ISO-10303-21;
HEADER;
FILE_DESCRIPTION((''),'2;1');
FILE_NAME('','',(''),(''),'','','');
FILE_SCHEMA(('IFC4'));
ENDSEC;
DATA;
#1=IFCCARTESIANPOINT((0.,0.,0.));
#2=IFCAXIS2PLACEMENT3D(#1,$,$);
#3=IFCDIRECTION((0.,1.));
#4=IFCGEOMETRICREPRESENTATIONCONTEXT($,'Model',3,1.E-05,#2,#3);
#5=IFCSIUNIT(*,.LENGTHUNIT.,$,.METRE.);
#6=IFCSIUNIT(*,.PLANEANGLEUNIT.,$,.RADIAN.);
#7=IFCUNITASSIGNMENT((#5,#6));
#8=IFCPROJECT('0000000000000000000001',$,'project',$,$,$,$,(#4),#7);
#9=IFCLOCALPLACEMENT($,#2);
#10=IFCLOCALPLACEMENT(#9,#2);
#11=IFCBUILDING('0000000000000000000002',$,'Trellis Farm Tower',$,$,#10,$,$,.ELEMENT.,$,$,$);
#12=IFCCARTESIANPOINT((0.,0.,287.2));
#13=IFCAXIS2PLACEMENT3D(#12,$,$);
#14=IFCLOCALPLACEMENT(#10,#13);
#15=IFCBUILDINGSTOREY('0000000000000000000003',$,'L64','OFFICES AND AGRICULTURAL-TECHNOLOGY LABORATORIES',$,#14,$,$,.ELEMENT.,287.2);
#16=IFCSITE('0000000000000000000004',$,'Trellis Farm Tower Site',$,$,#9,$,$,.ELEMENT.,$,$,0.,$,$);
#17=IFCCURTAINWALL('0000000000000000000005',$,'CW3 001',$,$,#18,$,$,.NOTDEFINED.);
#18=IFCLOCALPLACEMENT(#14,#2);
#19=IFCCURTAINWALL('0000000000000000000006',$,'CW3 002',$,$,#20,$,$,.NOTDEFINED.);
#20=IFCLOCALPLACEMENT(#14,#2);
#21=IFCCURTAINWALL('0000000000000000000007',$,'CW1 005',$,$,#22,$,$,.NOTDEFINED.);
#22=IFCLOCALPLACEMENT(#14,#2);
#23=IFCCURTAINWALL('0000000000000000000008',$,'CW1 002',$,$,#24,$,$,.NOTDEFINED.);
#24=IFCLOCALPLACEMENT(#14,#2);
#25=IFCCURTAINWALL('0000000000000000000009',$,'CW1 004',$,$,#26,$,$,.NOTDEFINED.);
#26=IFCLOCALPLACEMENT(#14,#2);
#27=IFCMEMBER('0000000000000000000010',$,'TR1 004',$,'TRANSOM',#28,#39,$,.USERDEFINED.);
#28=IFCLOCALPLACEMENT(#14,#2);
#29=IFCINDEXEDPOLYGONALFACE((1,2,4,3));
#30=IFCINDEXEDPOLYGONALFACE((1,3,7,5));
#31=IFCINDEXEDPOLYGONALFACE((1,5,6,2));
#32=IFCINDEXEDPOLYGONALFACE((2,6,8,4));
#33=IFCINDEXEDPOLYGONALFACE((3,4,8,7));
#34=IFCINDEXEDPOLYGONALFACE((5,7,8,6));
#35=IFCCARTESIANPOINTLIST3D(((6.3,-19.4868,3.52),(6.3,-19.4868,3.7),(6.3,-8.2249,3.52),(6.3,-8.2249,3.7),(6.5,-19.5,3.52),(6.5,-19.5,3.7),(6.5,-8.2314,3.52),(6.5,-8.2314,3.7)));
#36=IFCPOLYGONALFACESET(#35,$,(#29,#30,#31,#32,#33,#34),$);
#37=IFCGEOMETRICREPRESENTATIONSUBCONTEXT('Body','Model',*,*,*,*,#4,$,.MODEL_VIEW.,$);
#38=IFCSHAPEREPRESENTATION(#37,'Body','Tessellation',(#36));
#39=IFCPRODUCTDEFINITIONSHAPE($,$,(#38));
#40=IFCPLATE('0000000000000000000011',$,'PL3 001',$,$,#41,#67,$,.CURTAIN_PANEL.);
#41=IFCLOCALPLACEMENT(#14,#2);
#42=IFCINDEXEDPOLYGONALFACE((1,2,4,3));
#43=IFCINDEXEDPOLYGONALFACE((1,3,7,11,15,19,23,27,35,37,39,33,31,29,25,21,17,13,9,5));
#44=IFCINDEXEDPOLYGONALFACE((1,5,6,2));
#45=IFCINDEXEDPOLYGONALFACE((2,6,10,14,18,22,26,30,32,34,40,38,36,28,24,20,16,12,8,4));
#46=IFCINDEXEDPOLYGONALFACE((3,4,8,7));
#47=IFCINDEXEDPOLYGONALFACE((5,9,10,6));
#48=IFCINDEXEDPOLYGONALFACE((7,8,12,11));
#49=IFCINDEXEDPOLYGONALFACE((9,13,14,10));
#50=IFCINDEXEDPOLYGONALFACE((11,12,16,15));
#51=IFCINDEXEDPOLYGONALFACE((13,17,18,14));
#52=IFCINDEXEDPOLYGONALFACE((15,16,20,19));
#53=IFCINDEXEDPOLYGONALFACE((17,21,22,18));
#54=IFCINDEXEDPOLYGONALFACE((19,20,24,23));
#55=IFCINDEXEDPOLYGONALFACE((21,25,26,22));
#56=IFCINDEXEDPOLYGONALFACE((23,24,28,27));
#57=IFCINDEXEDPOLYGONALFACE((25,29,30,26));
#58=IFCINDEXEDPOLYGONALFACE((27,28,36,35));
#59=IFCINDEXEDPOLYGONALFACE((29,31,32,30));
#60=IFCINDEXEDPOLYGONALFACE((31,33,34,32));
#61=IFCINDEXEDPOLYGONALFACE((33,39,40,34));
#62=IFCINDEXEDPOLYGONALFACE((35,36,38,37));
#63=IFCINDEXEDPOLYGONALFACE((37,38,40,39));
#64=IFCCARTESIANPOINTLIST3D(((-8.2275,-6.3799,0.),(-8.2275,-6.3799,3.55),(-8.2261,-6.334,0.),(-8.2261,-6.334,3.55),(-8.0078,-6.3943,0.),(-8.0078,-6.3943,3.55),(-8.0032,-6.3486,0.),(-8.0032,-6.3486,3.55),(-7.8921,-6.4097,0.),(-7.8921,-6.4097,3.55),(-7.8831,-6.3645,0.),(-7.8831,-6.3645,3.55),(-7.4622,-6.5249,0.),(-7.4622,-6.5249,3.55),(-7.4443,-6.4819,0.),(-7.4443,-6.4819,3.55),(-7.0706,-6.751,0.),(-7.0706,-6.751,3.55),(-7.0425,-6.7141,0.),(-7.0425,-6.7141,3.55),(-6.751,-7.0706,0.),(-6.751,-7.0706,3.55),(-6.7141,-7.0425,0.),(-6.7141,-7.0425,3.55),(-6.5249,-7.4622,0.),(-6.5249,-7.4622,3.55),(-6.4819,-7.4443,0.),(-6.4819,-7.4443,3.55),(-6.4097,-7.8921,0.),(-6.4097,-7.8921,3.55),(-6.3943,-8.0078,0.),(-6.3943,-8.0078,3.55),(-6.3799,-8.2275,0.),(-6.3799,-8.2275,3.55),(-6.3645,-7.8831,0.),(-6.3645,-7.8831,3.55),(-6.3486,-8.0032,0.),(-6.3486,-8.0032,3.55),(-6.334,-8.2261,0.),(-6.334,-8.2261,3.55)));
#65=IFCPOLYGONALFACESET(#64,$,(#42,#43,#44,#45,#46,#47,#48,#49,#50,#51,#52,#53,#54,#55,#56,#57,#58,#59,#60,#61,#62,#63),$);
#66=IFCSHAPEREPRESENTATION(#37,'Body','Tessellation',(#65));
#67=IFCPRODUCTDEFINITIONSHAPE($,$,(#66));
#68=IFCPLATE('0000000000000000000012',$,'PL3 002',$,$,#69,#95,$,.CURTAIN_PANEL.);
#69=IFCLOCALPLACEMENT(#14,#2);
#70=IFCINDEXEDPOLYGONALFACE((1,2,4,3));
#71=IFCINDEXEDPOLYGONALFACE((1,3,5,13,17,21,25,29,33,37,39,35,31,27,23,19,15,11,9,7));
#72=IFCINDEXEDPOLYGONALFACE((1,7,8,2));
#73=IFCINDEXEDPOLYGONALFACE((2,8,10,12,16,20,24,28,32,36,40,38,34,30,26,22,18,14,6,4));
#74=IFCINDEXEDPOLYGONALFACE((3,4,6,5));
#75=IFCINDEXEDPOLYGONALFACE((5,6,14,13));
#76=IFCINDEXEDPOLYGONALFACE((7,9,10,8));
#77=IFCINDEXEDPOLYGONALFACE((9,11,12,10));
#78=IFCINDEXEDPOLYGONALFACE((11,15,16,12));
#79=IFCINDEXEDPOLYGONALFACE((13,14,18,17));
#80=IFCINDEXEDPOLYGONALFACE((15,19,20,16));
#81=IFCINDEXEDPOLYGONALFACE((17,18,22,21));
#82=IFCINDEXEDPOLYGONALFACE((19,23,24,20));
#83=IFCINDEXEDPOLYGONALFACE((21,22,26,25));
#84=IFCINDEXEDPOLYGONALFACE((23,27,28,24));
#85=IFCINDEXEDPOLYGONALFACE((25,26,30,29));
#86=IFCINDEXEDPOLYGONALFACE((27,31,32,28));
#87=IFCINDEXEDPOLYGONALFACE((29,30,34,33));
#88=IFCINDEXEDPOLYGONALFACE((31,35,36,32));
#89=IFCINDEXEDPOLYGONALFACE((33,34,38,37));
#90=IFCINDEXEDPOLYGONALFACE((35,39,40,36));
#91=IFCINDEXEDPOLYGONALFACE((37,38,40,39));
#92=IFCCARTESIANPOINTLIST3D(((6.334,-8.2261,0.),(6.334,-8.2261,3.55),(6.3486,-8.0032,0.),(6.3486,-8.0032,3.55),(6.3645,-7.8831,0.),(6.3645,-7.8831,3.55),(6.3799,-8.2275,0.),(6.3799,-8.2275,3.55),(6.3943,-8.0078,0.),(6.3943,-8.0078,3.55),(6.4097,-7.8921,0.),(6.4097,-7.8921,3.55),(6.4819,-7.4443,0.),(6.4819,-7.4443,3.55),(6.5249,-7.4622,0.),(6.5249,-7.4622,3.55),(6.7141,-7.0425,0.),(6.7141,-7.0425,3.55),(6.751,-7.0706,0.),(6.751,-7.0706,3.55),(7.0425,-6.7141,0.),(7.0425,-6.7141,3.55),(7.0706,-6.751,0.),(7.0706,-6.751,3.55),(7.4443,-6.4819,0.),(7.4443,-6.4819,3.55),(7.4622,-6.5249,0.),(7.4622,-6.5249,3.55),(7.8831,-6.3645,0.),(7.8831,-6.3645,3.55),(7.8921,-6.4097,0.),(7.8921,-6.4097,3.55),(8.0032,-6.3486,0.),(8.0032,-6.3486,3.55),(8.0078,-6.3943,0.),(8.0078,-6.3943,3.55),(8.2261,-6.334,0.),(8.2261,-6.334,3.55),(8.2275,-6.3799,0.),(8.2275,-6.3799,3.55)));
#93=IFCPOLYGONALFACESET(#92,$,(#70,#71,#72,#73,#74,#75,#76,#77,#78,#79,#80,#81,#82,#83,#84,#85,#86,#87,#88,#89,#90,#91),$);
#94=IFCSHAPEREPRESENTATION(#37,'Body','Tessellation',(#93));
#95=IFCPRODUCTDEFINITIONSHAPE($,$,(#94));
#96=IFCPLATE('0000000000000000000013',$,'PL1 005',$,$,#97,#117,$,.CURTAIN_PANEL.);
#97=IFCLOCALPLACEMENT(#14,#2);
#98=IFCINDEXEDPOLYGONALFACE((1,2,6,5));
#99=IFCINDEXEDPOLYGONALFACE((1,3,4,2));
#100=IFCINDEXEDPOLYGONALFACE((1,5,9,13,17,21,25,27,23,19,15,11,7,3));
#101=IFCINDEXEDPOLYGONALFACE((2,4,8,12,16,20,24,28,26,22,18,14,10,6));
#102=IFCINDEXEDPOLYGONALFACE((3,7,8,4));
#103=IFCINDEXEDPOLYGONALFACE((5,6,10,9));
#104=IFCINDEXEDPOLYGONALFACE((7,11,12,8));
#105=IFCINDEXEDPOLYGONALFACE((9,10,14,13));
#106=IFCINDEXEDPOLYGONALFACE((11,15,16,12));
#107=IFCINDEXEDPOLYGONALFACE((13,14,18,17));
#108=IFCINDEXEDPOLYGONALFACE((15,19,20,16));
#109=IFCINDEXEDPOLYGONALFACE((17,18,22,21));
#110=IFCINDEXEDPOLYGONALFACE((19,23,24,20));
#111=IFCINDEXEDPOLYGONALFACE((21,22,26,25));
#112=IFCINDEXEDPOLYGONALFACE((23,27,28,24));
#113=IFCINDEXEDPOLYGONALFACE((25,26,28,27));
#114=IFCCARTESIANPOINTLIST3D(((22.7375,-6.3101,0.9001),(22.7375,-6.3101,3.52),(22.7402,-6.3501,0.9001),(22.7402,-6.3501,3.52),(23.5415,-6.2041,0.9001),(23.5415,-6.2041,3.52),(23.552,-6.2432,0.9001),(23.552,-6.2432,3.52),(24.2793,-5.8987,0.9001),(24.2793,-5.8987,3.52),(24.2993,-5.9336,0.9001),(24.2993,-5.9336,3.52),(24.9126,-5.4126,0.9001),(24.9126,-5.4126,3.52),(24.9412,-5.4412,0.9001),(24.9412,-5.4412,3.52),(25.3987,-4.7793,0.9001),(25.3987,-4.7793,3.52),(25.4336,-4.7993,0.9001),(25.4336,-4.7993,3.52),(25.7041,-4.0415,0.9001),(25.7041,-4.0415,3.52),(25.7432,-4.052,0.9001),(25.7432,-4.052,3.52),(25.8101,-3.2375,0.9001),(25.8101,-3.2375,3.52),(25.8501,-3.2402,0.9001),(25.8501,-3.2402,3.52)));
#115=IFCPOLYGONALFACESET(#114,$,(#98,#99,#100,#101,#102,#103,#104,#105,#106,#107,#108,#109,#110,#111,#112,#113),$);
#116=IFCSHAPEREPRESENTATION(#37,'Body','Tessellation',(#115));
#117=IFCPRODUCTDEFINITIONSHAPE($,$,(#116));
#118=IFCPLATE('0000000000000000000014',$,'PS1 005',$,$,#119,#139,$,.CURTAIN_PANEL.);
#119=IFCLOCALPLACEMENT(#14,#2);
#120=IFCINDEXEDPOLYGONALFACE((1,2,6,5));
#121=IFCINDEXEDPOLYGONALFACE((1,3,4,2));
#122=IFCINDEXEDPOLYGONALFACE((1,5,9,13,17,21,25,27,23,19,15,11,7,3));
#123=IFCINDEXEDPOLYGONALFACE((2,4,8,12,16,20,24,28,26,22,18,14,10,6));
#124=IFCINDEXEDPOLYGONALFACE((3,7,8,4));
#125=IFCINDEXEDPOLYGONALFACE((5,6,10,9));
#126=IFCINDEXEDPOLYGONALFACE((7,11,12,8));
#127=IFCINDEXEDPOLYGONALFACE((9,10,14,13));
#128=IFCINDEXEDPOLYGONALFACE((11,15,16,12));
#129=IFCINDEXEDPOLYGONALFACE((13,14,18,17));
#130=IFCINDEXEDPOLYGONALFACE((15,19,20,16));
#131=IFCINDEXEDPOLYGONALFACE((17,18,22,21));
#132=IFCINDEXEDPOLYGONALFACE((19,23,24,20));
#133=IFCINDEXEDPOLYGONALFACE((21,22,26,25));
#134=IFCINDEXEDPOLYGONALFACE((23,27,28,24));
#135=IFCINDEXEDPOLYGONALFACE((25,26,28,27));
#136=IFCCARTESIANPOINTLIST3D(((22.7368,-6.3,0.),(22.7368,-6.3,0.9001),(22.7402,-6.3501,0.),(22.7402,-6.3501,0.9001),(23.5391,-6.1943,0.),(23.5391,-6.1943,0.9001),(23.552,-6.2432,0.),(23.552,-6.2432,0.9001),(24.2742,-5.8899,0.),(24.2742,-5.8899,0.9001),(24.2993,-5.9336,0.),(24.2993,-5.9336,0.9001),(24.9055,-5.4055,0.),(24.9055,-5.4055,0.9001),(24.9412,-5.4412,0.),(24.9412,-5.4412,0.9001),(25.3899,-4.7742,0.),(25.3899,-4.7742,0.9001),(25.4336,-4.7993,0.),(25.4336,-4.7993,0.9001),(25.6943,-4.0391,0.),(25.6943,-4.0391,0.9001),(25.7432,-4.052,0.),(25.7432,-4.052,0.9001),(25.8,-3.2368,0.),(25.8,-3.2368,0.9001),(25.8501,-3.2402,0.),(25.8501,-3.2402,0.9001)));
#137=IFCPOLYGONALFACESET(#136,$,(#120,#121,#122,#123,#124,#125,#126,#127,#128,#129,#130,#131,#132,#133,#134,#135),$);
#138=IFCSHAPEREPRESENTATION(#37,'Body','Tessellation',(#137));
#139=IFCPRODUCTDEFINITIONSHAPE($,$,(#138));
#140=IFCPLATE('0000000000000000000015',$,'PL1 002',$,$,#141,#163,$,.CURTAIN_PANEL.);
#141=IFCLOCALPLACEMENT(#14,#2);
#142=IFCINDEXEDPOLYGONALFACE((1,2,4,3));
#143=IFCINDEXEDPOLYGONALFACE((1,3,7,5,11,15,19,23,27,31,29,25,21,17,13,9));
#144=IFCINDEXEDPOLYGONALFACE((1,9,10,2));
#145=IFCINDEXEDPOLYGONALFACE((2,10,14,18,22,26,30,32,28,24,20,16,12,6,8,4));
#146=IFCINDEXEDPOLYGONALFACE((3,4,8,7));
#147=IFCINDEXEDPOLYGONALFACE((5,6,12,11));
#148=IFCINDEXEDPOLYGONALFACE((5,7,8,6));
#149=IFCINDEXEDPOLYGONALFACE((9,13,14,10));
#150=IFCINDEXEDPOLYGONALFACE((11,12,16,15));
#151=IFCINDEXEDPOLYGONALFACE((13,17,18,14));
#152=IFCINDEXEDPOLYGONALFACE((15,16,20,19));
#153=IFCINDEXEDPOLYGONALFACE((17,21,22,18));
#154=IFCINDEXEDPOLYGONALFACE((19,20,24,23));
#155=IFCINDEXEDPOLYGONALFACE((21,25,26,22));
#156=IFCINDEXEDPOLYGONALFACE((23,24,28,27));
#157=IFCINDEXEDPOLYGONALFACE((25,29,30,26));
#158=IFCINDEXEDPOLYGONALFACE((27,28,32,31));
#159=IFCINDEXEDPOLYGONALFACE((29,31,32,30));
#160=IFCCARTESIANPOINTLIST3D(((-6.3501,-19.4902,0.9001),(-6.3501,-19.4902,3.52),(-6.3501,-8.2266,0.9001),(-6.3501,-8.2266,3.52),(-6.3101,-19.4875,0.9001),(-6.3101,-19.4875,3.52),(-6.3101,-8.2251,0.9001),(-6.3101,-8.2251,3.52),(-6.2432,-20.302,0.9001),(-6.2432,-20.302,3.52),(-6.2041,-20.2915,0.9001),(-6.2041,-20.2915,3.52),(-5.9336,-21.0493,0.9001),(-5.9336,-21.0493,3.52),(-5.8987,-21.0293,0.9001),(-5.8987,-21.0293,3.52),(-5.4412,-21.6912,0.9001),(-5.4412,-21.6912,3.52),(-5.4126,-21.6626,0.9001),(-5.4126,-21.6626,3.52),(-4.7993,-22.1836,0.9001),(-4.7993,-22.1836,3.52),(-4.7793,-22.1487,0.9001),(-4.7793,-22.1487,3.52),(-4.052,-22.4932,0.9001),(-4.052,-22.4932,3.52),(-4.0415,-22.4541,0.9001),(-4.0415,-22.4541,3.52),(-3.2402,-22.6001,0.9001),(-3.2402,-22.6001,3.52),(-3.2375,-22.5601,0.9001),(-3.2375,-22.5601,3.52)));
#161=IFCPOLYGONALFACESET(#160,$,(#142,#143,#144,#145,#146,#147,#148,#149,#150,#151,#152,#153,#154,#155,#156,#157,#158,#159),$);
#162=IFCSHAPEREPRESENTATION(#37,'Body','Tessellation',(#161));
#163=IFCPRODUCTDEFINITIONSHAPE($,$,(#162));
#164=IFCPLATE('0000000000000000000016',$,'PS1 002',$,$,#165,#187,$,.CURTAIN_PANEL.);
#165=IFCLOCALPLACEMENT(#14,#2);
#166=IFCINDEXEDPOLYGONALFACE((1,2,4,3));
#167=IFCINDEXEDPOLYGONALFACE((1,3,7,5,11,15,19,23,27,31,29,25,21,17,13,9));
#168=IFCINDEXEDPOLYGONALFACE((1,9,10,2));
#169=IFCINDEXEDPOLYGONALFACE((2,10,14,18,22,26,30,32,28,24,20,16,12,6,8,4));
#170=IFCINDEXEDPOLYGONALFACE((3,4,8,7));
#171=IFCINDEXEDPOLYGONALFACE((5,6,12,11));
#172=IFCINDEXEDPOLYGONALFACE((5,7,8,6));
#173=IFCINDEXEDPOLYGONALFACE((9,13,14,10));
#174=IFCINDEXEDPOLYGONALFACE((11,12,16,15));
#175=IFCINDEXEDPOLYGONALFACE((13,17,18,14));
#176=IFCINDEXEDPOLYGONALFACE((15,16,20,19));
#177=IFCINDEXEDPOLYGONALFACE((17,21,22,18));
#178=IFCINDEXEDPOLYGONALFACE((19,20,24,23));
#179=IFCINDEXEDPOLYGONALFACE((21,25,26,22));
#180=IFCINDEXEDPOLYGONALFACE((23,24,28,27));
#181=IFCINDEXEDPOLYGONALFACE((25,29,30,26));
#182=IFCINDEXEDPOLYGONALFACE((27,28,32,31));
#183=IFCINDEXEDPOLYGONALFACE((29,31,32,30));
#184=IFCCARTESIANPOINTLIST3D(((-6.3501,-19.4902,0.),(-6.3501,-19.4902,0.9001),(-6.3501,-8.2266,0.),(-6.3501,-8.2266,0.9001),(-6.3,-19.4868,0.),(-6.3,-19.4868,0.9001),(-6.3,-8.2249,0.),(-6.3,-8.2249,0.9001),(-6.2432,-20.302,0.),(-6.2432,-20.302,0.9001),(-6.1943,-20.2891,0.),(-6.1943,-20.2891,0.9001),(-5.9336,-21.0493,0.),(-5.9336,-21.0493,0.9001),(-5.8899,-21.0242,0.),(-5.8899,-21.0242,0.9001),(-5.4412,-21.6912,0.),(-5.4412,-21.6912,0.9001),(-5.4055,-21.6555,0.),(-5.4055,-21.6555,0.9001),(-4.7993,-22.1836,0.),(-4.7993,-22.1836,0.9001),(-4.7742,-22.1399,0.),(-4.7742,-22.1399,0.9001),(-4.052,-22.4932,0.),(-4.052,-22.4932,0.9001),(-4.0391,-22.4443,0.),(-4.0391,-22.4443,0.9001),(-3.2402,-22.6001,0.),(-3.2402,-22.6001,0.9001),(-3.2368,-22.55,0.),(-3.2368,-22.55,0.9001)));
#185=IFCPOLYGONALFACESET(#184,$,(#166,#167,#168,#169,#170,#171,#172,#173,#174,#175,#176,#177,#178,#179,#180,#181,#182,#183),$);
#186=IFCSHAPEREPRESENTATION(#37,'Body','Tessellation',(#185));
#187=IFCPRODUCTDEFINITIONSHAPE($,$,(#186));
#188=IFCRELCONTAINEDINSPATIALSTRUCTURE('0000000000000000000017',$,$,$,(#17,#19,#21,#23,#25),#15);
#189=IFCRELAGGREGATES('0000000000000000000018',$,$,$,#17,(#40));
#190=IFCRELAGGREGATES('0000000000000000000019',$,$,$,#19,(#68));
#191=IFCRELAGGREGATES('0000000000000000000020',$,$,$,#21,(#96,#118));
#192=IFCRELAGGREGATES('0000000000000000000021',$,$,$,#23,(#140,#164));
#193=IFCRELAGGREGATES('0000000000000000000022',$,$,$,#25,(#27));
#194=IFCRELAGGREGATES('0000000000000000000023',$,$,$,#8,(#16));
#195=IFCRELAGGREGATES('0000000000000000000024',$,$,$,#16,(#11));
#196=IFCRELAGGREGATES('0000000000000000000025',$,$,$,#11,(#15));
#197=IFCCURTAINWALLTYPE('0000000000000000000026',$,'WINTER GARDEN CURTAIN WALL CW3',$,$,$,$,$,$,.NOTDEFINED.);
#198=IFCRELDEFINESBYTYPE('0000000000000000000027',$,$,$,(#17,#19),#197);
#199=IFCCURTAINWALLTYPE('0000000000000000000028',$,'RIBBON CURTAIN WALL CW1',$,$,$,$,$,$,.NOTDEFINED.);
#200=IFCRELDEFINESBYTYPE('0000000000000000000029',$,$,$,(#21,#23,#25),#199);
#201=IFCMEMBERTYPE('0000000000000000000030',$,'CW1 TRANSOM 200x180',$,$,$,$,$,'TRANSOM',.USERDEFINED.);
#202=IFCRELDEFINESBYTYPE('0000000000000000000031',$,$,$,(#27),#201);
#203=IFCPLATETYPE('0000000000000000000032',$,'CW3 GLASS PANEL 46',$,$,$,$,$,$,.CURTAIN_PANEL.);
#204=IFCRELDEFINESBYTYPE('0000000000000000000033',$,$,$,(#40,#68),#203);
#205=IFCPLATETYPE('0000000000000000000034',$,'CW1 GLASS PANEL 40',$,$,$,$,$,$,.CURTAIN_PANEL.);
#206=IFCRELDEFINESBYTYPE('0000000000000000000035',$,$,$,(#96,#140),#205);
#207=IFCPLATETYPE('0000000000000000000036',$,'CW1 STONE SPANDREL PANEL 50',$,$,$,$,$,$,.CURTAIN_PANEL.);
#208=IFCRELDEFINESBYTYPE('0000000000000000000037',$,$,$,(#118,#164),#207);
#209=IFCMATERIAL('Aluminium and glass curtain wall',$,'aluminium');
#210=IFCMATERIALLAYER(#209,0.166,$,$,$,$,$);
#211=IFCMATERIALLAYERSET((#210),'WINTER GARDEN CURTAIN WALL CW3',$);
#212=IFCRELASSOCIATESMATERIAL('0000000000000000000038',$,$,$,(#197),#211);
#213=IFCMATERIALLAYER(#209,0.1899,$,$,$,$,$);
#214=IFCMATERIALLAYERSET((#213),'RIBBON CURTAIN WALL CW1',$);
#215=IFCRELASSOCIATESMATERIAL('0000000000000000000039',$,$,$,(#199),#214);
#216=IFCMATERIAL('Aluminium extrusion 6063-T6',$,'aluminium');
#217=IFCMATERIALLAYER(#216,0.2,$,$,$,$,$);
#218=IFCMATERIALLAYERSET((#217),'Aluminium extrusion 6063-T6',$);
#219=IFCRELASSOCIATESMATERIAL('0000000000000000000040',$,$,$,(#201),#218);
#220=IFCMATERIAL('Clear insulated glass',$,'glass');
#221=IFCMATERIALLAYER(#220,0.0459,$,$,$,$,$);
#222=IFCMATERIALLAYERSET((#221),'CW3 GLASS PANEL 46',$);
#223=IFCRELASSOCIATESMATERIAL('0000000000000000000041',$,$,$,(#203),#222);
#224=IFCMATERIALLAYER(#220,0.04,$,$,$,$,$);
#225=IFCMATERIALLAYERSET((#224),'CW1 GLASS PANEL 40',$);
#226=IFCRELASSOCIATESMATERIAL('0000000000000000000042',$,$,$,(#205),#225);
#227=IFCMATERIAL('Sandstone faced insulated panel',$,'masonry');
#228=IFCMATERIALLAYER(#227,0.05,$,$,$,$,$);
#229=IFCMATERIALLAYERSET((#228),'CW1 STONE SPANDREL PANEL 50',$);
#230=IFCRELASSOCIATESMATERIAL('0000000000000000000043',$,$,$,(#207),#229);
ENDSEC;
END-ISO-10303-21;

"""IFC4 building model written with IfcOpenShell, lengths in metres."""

from ifc_helpers import new_model, si_unit, direction, frame, origin, place, context, subcontext, project, spatial, polyline, outline, extrude, source, transform, mapped, material, layer, layer_set, type_object, element, aggregate, save


model = new_model("IFC4")

# Units and contexts
model_context = context("Model", 3, precision=1e-05, world=origin(), true_north=direction((0.0, 1.0)))
body_context = subcontext(model_context, "Body", "Model", "MODEL_VIEW")
ifc_project = project(units=[si_unit("LENGTHUNIT", "METRE"), si_unit("PLANEANGLEUNIT", "RADIAN")], contexts=[model_context])

# Site, building, storey
site_placement = place(None, origin())
site = spatial("IfcSite", under=ifc_project, at=site_placement, Name="Trellis Farm Tower Site", CompositionType="ELEMENT", RefElevation=0.0)
building_placement = place(site_placement, origin())
building = spatial("IfcBuilding", under=site, at=building_placement, Name="Trellis Farm Tower", CompositionType="ELEMENT")
storey_placement = place(building_placement, frame((0.0, 0.0, 287.2)))
storey = spatial("IfcBuildingStorey", under=building, at=storey_placement, Name="L64", Description="OFFICES AND AGRICULTURAL-TECHNOLOGY LABORATORIES", CompositionType="ELEMENT", Elevation=287.2)

# Curtain walls, member
ifc_material_1 = material(Name="Aluminium and glass curtain wall", Category="aluminium")
ifc_layer_1 = layer(ifc_material_1, 0.166)
ifc_layer_set_1 = layer_set([ifc_layer_1], Name="WINTER GARDEN CURTAIN WALL CW3")
curtain_wall_type_1 = type_object("IfcCurtainWallType", Name="WINTER GARDEN CURTAIN WALL CW3", PredefinedType="NOTDEFINED", material=ifc_layer_set_1)
placement_1 = place(storey_placement, origin())
curtain_wall_1 = element("IfcCurtainWall", 1, at=placement_1, inside=storey, type_object=curtain_wall_type_1, Name="CW3 001", PredefinedType="NOTDEFINED")
ifc_material_2 = material(Name="Aluminium extrusion 6063-T6", Category="aluminium")
curtain_wall_2 = element("IfcCurtainWall", 2, at=placement_1, inside=storey, type_object=curtain_wall_type_1, Name="CW3 002", PredefinedType="NOTDEFINED")
ifc_layer_2 = layer(ifc_material_1, 0.1899)
ifc_layer_set_2 = layer_set([ifc_layer_2], Name="RIBBON CURTAIN WALL CW1")
curtain_wall_type_2 = type_object("IfcCurtainWallType", Name="RIBBON CURTAIN WALL CW1", PredefinedType="NOTDEFINED", material=ifc_layer_set_2)
curtain_wall_3 = element("IfcCurtainWall", 3, at=placement_1, inside=storey, type_object=curtain_wall_type_2, Name="CW1 005", PredefinedType="NOTDEFINED")
ifc_layer_3 = layer(ifc_material_2, 0.2)
ifc_layer_set_3 = layer_set([ifc_layer_3], Name="Aluminium extrusion 6063-T6")
member_type_1 = type_object("IfcMemberType", Name="CW1 TRANSOM 200x180", ElementType="TRANSOM", PredefinedType="USERDEFINED", material=ifc_layer_set_3)
placement_2 = place(storey_placement, frame((0.0, 0.0, 3.52)))
curtain_wall_4 = element("IfcCurtainWall", 4, at=placement_1, inside=storey, type_object=curtain_wall_type_2, Name="CW1 002", PredefinedType="NOTDEFINED")
curtain_wall_5 = element("IfcCurtainWall", 5, at=placement_1, inside=storey, type_object=curtain_wall_type_2, Name="CW1 004", PredefinedType="NOTDEFINED")
shared_shape_1 = source(origin(), body_context, "Body", "SweptSolid", [
    extrude(outline(polyline([(6.5, -19.5), (6.5, -8.2314), (6.3, -8.2249), (6.3, -19.4868), (6.5, -19.5)])), origin(), (0.0, 0.0, 1.0), 0.1799),
])
member_1 = element("IfcMember", 6, at=placement_2, type_object=member_type_1, Name="TR1 004", ObjectType="TRANSOM", PredefinedType="USERDEFINED", context=body_context, shape_type="MappedRepresentation", body=[
    mapped(shared_shape_1, transform((0.0, 0.0, 0.0))),
])

# Plates
ifc_material_3 = material(Name="Clear insulated glass", Category="glass")
ifc_layer_4 = layer(ifc_material_3, 0.0459)
ifc_layer_set_4 = layer_set([ifc_layer_4], Name="CW3 GLASS PANEL 46")
plate_type_1 = type_object("IfcPlateType", Name="CW3 GLASS PANEL 46", PredefinedType="CURTAIN_PANEL", material=ifc_layer_set_4)
shared_shape_2 = source(origin(), body_context, "Body", "SweptSolid", [
    extrude(outline(polyline([(-8.2275, -6.3799), (-8.0078, -6.3943), (-7.8921, -6.4097), (-7.4622, -6.5249), (-7.0706, -6.751), (-6.751, -7.0706), (-6.5249, -7.4622), (-6.4097, -7.8921), (-6.3943, -8.0078), (-6.3799, -8.2275), (-6.334, -8.2261), (-6.3486, -8.0032), (-6.3645, -7.8831), (-6.4819, -7.4443), (-6.7141, -7.0425), (-7.0425, -6.7141), (-7.4443, -6.4819), (-7.8831, -6.3645), (-8.0032, -6.3486), (-8.2261, -6.334), (-8.2275, -6.3799)])), origin(), (0.0, 0.0, 1.0), 3.55),
])
plate_1 = element("IfcPlate", 7, at=placement_1, type_object=plate_type_1, Name="PL3 001", PredefinedType="CURTAIN_PANEL", context=body_context, shape_type="MappedRepresentation", body=[
    mapped(shared_shape_2, transform((0.0, 0.0, 0.0))),
])
aggregate(curtain_wall_1, [plate_1])
shared_shape_3 = source(origin(), body_context, "Body", "SweptSolid", [
    extrude(outline(polyline([(6.3799, -8.2275), (6.3943, -8.0078), (6.4097, -7.8921), (6.5249, -7.4622), (6.751, -7.0706), (7.0706, -6.751), (7.4622, -6.5249), (7.8921, -6.4097), (8.0078, -6.3943), (8.2275, -6.3799), (8.2261, -6.334), (8.0032, -6.3486), (7.8831, -6.3645), (7.4443, -6.4819), (7.0425, -6.7141), (6.7141, -7.0425), (6.4819, -7.4443), (6.3645, -7.8831), (6.3486, -8.0032), (6.334, -8.2261), (6.3799, -8.2275)])), origin(), (0.0, 0.0, 1.0), 3.55),
])
plate_2 = element("IfcPlate", 8, at=placement_1, type_object=plate_type_1, Name="PL3 002", PredefinedType="CURTAIN_PANEL", context=body_context, shape_type="MappedRepresentation", body=[
    mapped(shared_shape_3, transform((0.0, 0.0, 0.0))),
])
aggregate(curtain_wall_2, [plate_2])
ifc_layer_5 = layer(ifc_material_3, 0.04)
ifc_layer_set_5 = layer_set([ifc_layer_5], Name="CW1 GLASS PANEL 40")
plate_type_2 = type_object("IfcPlateType", Name="CW1 GLASS PANEL 40", PredefinedType="CURTAIN_PANEL", material=ifc_layer_set_5)
shared_shape_4 = source(origin(), body_context, "Body", "SweptSolid", [
    extrude(outline(polyline([(22.7402, -6.3501), (23.552, -6.2432), (24.2993, -5.9336), (24.9412, -5.4412), (25.4336, -4.7993), (25.7432, -4.052), (25.8501, -3.2402), (25.8101, -3.2375), (25.7041, -4.0415), (25.3987, -4.7793), (24.9126, -5.4126), (24.2793, -5.8987), (23.5415, -6.2041), (22.7375, -6.3101), (22.7402, -6.3501)])), origin(), (0.0, 0.0, 1.0), 2.6199),
])
placement_3 = place(storey_placement, frame((0.0, 0.0, 0.9001)))
plate_3 = element("IfcPlate", 9, at=placement_3, type_object=plate_type_2, Name="PL1 005", PredefinedType="CURTAIN_PANEL", context=body_context, shape_type="MappedRepresentation", body=[
    mapped(shared_shape_4, transform((0.0, 0.0, 0.0))),
])
ifc_material_4 = material(Name="Sandstone faced insulated panel", Category="masonry")
ifc_layer_6 = layer(ifc_material_4, 0.05)
ifc_layer_set_6 = layer_set([ifc_layer_6], Name="CW1 STONE SPANDREL PANEL 50")
plate_type_3 = type_object("IfcPlateType", Name="CW1 STONE SPANDREL PANEL 50", PredefinedType="CURTAIN_PANEL", material=ifc_layer_set_6)
shared_shape_5 = source(origin(), body_context, "Body", "SweptSolid", [
    extrude(outline(polyline([(22.7402, -6.3501), (23.552, -6.2432), (24.2993, -5.9336), (24.9412, -5.4412), (25.4336, -4.7993), (25.7432, -4.052), (25.8501, -3.2402), (25.8, -3.2368), (25.6943, -4.0391), (25.3899, -4.7742), (24.9055, -5.4055), (24.2742, -5.8899), (23.5391, -6.1943), (22.7368, -6.3), (22.7402, -6.3501)])), origin(), (0.0, 0.0, 1.0), 0.9001),
])
plate_4 = element("IfcPlate", 10, at=placement_1, type_object=plate_type_3, Name="PS1 005", PredefinedType="CURTAIN_PANEL", context=body_context, shape_type="MappedRepresentation", body=[
    mapped(shared_shape_5, transform((0.0, 0.0, 0.0))),
])
aggregate(curtain_wall_3, [plate_3, plate_4])
shared_shape_6 = source(origin(), body_context, "Body", "SweptSolid", [
    extrude(outline(polyline([(-6.3501, -8.2266), (-6.3501, -19.4902), (-6.2432, -20.302), (-5.9336, -21.0493), (-5.4412, -21.6912), (-4.7993, -22.1836), (-4.052, -22.4932), (-3.2402, -22.6001), (-3.2375, -22.5601), (-4.0415, -22.4541), (-4.7793, -22.1487), (-5.4126, -21.6626), (-5.8987, -21.0293), (-6.2041, -20.2915), (-6.3101, -19.4875), (-6.3101, -8.2251), (-6.3501, -8.2266)])), origin(), (0.0, 0.0, 1.0), 2.6199),
])
plate_5 = element("IfcPlate", 11, at=placement_3, type_object=plate_type_2, Name="PL1 002", PredefinedType="CURTAIN_PANEL", context=body_context, shape_type="MappedRepresentation", body=[
    mapped(shared_shape_6, transform((0.0, 0.0, 0.0))),
])
shared_shape_7 = source(origin(), body_context, "Body", "SweptSolid", [
    extrude(outline(polyline([(-6.3501, -8.2266), (-6.3501, -19.4902), (-6.2432, -20.302), (-5.9336, -21.0493), (-5.4412, -21.6912), (-4.7993, -22.1836), (-4.052, -22.4932), (-3.2402, -22.6001), (-3.2368, -22.55), (-4.0391, -22.4443), (-4.7742, -22.1399), (-5.4055, -21.6555), (-5.8899, -21.0242), (-6.1943, -20.2891), (-6.3, -19.4868), (-6.3, -8.2249), (-6.3501, -8.2266)])), origin(), (0.0, 0.0, 1.0), 0.9001),
])
plate_6 = element("IfcPlate", 12, at=placement_1, type_object=plate_type_3, Name="PS1 002", PredefinedType="CURTAIN_PANEL", context=body_context, shape_type="MappedRepresentation", body=[
    mapped(shared_shape_7, transform((0.0, 0.0, 0.0))),
])
aggregate(curtain_wall_4, [plate_5, plate_6])
aggregate(curtain_wall_5, [member_1])

save(model, "model.ifc")
